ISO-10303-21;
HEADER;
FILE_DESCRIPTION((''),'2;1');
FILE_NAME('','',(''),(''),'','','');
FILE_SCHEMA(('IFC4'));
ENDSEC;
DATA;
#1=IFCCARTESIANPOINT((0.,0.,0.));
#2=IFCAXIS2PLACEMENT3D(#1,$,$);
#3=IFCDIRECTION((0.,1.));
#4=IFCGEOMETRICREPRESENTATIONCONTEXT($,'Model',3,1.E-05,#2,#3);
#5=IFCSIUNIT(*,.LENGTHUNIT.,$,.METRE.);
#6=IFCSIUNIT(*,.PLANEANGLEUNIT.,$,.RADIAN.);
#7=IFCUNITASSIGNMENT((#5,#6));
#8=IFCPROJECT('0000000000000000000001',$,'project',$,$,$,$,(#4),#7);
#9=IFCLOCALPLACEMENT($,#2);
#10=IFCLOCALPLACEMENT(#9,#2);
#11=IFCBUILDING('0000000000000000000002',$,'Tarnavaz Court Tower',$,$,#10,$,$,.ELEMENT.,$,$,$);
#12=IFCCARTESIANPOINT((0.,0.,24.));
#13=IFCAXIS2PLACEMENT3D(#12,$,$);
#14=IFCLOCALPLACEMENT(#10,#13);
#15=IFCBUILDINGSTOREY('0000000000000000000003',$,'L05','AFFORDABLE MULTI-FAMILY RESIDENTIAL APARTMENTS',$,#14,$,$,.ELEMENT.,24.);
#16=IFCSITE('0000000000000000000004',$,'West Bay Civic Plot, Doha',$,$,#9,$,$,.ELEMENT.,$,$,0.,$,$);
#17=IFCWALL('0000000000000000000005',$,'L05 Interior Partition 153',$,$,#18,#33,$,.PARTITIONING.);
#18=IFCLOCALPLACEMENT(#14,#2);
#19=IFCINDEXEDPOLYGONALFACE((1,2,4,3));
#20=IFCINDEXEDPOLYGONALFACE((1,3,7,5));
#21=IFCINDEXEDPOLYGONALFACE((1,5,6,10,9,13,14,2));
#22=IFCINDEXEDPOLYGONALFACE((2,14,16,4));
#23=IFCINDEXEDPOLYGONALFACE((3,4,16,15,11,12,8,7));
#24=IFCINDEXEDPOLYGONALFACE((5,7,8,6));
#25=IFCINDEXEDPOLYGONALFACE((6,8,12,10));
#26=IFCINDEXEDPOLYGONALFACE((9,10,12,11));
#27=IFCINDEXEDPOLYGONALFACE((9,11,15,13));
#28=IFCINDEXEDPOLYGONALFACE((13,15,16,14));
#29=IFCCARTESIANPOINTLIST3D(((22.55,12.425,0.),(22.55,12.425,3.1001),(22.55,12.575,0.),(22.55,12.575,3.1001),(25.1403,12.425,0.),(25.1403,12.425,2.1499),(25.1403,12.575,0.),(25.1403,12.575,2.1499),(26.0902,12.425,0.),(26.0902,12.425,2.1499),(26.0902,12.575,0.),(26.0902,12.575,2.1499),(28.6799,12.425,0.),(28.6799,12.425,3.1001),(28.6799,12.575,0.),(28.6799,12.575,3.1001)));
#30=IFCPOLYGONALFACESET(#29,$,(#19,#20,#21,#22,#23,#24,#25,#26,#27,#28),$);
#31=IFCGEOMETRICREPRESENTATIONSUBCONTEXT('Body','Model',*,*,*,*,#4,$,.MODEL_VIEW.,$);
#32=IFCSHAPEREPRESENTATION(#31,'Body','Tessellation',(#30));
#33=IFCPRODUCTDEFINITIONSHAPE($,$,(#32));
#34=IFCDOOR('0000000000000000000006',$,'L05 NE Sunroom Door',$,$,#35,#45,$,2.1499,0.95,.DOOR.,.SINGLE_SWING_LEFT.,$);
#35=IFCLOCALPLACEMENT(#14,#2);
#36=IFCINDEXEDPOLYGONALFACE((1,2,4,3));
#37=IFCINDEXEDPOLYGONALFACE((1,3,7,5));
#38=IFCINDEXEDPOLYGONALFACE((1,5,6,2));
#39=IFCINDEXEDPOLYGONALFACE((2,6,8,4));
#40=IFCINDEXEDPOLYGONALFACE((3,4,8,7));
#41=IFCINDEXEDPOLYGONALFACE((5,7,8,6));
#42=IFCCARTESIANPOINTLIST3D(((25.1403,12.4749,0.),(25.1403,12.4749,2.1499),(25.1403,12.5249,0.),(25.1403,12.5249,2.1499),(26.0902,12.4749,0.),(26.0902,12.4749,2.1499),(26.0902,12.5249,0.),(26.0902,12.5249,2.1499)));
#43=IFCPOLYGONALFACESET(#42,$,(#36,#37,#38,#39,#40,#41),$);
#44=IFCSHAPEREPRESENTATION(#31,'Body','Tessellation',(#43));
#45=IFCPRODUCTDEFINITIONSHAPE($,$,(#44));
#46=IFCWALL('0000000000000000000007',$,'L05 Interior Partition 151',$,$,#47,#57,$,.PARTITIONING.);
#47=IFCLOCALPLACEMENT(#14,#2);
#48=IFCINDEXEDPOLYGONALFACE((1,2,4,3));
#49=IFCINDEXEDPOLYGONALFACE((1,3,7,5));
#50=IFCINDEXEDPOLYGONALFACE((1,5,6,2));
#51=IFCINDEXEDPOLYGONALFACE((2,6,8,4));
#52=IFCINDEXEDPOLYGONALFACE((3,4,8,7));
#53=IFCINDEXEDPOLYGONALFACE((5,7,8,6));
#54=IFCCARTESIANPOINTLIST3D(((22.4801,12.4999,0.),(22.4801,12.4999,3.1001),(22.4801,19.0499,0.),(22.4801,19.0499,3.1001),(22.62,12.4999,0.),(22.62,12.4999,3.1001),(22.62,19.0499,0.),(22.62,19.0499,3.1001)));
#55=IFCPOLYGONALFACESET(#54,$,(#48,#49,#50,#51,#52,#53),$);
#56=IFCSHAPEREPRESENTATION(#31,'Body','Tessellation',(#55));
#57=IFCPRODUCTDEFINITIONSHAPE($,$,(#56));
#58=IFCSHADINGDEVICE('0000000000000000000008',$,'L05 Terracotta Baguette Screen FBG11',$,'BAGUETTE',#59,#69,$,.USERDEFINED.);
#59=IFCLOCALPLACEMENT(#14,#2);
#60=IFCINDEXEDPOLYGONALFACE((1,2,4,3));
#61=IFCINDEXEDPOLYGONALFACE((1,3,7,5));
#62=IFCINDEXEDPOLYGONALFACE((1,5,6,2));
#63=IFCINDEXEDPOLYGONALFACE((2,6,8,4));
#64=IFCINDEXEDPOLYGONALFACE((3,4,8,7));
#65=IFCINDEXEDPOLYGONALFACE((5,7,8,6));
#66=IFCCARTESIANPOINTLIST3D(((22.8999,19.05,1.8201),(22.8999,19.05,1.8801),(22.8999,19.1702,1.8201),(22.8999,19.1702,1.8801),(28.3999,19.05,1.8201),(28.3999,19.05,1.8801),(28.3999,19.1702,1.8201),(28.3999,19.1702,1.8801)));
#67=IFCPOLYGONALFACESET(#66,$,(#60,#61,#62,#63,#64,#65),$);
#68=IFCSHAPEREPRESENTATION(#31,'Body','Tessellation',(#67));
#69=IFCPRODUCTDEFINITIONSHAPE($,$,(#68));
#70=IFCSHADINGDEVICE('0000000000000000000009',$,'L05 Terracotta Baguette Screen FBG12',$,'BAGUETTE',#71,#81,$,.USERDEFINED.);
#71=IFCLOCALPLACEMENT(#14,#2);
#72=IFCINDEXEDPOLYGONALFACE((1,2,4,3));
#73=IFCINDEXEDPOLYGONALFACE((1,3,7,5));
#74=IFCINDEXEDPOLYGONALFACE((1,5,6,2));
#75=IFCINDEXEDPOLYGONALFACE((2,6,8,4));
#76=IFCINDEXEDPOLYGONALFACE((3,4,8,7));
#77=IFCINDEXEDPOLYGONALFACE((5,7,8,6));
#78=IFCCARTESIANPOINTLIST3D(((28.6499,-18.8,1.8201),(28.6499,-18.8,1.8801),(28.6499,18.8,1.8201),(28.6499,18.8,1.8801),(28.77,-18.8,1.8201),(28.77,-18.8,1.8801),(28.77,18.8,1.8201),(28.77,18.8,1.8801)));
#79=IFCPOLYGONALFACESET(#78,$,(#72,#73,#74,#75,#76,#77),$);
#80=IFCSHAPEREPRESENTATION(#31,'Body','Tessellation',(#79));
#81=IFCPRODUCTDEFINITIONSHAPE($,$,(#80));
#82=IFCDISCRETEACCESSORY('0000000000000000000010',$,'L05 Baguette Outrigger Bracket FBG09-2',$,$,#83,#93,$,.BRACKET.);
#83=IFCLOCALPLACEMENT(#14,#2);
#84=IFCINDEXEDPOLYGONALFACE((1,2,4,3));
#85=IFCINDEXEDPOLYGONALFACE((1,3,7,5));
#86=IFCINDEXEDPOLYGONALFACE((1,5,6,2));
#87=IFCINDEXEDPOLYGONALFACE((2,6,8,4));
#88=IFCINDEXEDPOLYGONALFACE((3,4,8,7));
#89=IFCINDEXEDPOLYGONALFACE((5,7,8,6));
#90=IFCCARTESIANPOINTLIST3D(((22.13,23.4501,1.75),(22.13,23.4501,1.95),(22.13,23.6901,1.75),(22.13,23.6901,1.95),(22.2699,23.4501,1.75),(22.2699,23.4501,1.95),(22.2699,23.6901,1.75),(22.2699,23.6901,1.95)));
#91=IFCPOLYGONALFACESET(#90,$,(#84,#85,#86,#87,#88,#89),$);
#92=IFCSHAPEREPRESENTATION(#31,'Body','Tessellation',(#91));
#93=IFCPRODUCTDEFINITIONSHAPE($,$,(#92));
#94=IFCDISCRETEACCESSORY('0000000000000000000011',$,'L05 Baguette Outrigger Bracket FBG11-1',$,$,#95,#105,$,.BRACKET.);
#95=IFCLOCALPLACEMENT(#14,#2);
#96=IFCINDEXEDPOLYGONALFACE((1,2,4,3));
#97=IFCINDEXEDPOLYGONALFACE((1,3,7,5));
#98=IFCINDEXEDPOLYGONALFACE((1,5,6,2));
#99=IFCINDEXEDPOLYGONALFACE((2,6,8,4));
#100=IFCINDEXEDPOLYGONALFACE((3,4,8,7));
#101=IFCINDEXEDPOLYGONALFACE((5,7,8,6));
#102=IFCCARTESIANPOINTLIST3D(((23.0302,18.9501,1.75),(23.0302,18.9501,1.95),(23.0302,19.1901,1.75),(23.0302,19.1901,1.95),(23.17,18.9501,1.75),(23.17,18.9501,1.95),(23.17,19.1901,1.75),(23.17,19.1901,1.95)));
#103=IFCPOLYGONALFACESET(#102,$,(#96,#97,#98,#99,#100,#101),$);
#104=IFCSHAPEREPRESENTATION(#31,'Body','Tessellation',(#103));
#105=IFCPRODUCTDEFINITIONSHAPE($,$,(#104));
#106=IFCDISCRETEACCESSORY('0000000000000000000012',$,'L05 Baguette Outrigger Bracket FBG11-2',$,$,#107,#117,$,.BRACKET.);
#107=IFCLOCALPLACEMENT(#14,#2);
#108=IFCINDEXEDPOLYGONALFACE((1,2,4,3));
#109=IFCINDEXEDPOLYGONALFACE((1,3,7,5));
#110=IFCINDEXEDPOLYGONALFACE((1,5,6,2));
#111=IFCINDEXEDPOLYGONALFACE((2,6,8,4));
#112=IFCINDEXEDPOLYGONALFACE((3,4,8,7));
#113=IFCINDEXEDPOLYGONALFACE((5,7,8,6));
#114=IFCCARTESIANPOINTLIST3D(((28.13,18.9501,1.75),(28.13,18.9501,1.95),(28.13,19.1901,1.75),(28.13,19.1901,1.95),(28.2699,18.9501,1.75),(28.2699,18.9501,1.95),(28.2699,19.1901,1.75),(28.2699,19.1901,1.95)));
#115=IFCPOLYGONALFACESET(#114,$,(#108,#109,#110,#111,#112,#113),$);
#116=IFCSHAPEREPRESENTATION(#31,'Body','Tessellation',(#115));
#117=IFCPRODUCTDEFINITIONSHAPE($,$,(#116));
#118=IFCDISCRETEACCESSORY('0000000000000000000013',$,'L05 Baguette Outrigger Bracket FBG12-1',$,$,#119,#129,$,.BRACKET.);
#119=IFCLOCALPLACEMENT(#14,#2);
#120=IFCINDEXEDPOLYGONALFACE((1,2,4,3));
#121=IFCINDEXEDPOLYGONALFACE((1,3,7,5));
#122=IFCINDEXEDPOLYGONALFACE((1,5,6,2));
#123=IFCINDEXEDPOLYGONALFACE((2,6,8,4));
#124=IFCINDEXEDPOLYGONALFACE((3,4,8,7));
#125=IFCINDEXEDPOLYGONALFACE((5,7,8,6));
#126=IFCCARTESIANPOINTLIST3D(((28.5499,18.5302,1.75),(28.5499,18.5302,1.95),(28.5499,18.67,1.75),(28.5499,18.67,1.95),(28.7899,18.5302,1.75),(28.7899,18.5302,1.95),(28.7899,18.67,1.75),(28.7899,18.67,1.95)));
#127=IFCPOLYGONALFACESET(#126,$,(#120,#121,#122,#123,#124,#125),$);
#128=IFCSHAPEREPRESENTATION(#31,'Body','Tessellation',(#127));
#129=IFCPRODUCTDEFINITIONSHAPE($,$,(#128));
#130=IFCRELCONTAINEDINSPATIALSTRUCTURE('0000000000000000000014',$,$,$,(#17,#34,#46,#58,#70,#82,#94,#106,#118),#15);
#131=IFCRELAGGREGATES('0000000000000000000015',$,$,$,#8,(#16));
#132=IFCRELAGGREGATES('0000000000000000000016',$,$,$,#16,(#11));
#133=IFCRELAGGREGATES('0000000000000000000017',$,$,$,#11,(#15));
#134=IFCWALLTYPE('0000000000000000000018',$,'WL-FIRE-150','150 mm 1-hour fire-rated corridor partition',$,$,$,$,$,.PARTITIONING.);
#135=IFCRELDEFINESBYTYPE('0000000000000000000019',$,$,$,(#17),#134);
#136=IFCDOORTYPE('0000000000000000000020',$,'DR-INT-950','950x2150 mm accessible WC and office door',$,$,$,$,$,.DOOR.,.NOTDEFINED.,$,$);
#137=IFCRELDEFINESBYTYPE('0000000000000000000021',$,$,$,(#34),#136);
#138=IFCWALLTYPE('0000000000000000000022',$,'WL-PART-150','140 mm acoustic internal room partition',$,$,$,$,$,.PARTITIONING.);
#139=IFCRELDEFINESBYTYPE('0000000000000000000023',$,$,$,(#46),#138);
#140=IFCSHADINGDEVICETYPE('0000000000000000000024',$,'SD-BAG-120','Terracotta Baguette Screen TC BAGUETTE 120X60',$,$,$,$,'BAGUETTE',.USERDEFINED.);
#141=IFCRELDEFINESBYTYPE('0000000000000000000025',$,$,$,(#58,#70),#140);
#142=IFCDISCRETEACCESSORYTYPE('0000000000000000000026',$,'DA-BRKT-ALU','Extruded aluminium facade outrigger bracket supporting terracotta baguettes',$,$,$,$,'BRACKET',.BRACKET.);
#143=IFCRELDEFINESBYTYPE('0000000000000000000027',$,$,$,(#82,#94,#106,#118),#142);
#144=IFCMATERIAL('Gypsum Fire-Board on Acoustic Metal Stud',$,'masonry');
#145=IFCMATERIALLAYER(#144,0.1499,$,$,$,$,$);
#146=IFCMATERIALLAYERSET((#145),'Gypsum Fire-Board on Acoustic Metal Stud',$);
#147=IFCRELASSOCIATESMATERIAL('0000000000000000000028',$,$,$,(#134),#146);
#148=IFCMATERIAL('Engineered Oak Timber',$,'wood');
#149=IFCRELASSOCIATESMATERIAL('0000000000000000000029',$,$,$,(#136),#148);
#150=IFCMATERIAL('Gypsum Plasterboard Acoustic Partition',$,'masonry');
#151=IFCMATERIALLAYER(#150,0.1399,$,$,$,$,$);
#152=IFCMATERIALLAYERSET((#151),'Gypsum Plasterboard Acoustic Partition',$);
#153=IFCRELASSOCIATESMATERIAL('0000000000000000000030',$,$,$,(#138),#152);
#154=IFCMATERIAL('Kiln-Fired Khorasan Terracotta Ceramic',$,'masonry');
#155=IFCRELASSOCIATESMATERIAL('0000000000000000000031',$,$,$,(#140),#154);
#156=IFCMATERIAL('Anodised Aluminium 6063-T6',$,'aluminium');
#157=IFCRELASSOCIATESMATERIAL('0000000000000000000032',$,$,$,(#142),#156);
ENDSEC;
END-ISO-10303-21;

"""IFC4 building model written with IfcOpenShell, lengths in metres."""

from ifc_helpers import new_model, si_unit, direction, frame, frame_2d, origin, origin_2d, place, context, subcontext, project, spatial, rectangle, extrude, material, layer, layer_set, material_profile, profile_set, type_object, element, fill, save


model = new_model("IFC4")

# Units and contexts
model_context = context("Model", 3, precision=1e-05, world=origin(), true_north=direction((0.0, 1.0)))
body_context = subcontext(model_context, "Body", "Model", "MODEL_VIEW")
ifc_project = project(units=[si_unit("LENGTHUNIT", "METRE"), si_unit("PLANEANGLEUNIT", "RADIAN")], contexts=[model_context])

# Site, building, storey
site_placement = place(None, origin())
site = spatial("IfcSite", under=ifc_project, at=site_placement, Name="West Bay Civic Plot, Doha", CompositionType="ELEMENT", RefElevation=0.0)
building_placement = place(site_placement, origin())
building = spatial("IfcBuilding", under=site, at=building_placement, Name="Tarnavaz Court Tower", CompositionType="ELEMENT")
storey_placement = place(building_placement, frame((0.0, 0.0, 24.0)))
storey = spatial("IfcBuildingStorey", under=building, at=storey_placement, Name="L05", Description="AFFORDABLE MULTI-FAMILY RESIDENTIAL APARTMENTS", CompositionType="ELEMENT", Elevation=24.0)

# Wall, opening, door
ifc_material_1 = material(Name="Gypsum Fire-Board on Acoustic Metal Stud", Category="masonry")
ifc_layer_1 = layer(ifc_material_1, 0.1499)
ifc_layer_set_1 = layer_set([ifc_layer_1], Name="Gypsum Fire-Board on Acoustic Metal Stud")
wall_type_1 = type_object("IfcWallType", Name="WL-FIRE-150", Description="150 mm 1-hour fire-rated corridor partition", PredefinedType="PARTITIONING", material=ifc_layer_set_1)
wall_1_placement = place(storey_placement, frame((22.55, 12.5, 0.0), z_axis=(0.0, 0.0, 1.0), x_axis=(1.0, 0.0, 0.0)))
wall_1 = element("IfcWall", 1, at=wall_1_placement, inside=storey, type_object=wall_type_1, Name="L05 Interior Partition 153", PredefinedType="PARTITIONING", context=body_context, shape_type="SweptSolid", body=[
    extrude(rectangle(XDim=6.1299, YDim=0.1499, at=frame_2d((3.0649, 0.0))), origin(), (0.0, 0.0, 1.0), 3.1001),
])
opening_1_placement = place(wall_1_placement, frame((2.5901, 0.0, 0.0)))
opening_1 = element("IfcOpeningElement", 2, at=opening_1_placement, cuts=wall_1, PredefinedType="OPENING", context=body_context, shape_type="SweptSolid", body=[
    extrude(rectangle(XDim=0.95, YDim=2.1499, at=frame_2d((0.4751, 1.075))), frame((0.0, 0.085, 0.0), z_axis=(0.0, -1.0, 0.0), x_axis=(1.0, 0.0, 0.0)), (0.0, 0.0, 1.0), 0.1699),
])
ifc_material_2 = material(Name="Engineered Oak Timber", Category="wood")
door_type = type_object("IfcDoorType", Name="DR-INT-950", Description="950x2150 mm accessible WC and office door", OperationType="NOTDEFINED", PredefinedType="DOOR", material=ifc_material_2)
door_placement = place(opening_1_placement, origin())
door = element("IfcDoor", 3, at=door_placement, inside=storey, type_object=door_type, Name="L05 NE Sunroom Door", OperationType="SINGLE_SWING_LEFT", OverallHeight=2.1499, OverallWidth=0.95, PredefinedType="DOOR", context=body_context, shape_type="SweptSolid", body=[
    extrude(rectangle(XDim=0.95, YDim=2.1499, at=frame_2d((0.4751, 1.075))), frame((0.0, 0.0249, 0.0), z_axis=(0.0, -1.0, 0.0), x_axis=(1.0, 0.0, 0.0)), (0.0, 0.0, 1.0), 0.05),
])
fill(opening_1, door)

# Wall
ifc_material_3 = material(Name="Gypsum Plasterboard Acoustic Partition", Category="masonry")
ifc_layer_2 = layer(ifc_material_3, 0.1399)
ifc_layer_set_2 = layer_set([ifc_layer_2], Name="Gypsum Plasterboard Acoustic Partition")
wall_type_2 = type_object("IfcWallType", Name="WL-PART-150", Description="140 mm acoustic internal room partition", PredefinedType="PARTITIONING", material=ifc_layer_set_2)
wall_2_placement = place(storey_placement, frame((22.55, 12.5, 0.0), z_axis=(0.0, 0.0, 1.0), x_axis=(0.0, 1.0, 0.0)))
element("IfcWall", 4, at=wall_2_placement, inside=storey, type_object=wall_type_2, Name="L05 Interior Partition 151", PredefinedType="PARTITIONING", context=body_context, shape_type="SweptSolid", body=[
    extrude(rectangle(XDim=6.55, YDim=0.1399, at=frame_2d((3.2749, 0.0))), origin(), (0.0, 0.0, 1.0), 3.1001),
])

# Shading devices
ifc_material_4 = material(Name="Kiln-Fired Khorasan Terracotta Ceramic", Category="masonry")
ifc_material_profile_1 = material_profile(ifc_material_4, rectangle(XDim=0.1201, YDim=0.0601, at=origin_2d()), Name="TC BAGUETTE 120X60")
ifc_profile_set_1 = profile_set([ifc_material_profile_1], Name="Kiln-Fired Khorasan Terracotta Ceramic")
shading_device_type = type_object("IfcShadingDeviceType", Name="SD-BAG-120", Description="Terracotta Baguette Screen TC BAGUETTE 120X60", ElementType="BAGUETTE", PredefinedType="USERDEFINED", material=ifc_profile_set_1)
shading_device_1_placement = place(storey_placement, frame((22.8999, 19.1101, 1.8501), z_axis=(1.0, 0.0, 0.0), x_axis=(0.0, 1.0, 0.0)))
element("IfcShadingDevice", 5, at=shading_device_1_placement, inside=storey, type_object=shading_device_type, Name="L05 Terracotta Baguette Screen FBG11", ObjectType="BAGUETTE", PredefinedType="USERDEFINED", context=body_context, shape_type="SweptSolid", body=[
    extrude(rectangle(XDim=0.1201, YDim=0.0601, at=origin_2d()), origin(), (0.0, 0.0, 1.0), 5.5),
])
shading_device_2_placement = place(storey_placement, frame((28.71, 18.8, 1.8501), z_axis=(0.0, -1.0, 0.0), x_axis=(1.0, 0.0, 0.0)))
element("IfcShadingDevice", 6, at=shading_device_2_placement, inside=storey, type_object=shading_device_type, Name="L05 Terracotta Baguette Screen FBG12", ObjectType="BAGUETTE", PredefinedType="USERDEFINED", context=body_context, shape_type="SweptSolid", body=[
    extrude(rectangle(XDim=0.1201, YDim=0.0601, at=origin_2d()), origin(), (0.0, 0.0, 1.0), 37.6001),
])

# Discrete accessories
ifc_material_5 = material(Name="Anodised Aluminium 6063-T6", Category="aluminium")
discrete_accessory_type = type_object("IfcDiscreteAccessoryType", Name="DA-BRKT-ALU", Description="Extruded aluminium facade outrigger bracket supporting terracotta baguettes", ElementType="BRACKET", PredefinedType="BRACKET", material=ifc_material_5)
for number, where, z_axis, x_axis, name in (
    (7, (22.2, 23.5701, 1.75), (0.0, 0.0, 1.0), (1.0, 0.0, 0.0), "L05 Baguette Outrigger Bracket FBG09-2"),
    (8, (23.1001, 19.0701, 1.75), (0.0, 0.0, 1.0), (1.0, 0.0, 0.0), "L05 Baguette Outrigger Bracket FBG11-1"),
    (9, (28.2, 19.0701, 1.75), (0.0, 0.0, 1.0), (1.0, 0.0, 0.0), "L05 Baguette Outrigger Bracket FBG11-2"),
    (10, (28.6699, 18.6001, 1.75), (0.0, 0.0, 1.0), (0.0, -1.0, 0.0), "L05 Baguette Outrigger Bracket FBG12-1"),
):
    element("IfcDiscreteAccessory", number, at=place(storey_placement, frame(where, z_axis=z_axis, x_axis=x_axis)), inside=storey, type_object=discrete_accessory_type, Name=name, PredefinedType="BRACKET", context=body_context, shape_type="SweptSolid", body=[
        extrude(rectangle(XDim=0.1399, YDim=0.24, at=origin_2d()), origin(), (0.0, 0.0, 1.0), 0.2),
    ])

save(model, "model.ifc")
